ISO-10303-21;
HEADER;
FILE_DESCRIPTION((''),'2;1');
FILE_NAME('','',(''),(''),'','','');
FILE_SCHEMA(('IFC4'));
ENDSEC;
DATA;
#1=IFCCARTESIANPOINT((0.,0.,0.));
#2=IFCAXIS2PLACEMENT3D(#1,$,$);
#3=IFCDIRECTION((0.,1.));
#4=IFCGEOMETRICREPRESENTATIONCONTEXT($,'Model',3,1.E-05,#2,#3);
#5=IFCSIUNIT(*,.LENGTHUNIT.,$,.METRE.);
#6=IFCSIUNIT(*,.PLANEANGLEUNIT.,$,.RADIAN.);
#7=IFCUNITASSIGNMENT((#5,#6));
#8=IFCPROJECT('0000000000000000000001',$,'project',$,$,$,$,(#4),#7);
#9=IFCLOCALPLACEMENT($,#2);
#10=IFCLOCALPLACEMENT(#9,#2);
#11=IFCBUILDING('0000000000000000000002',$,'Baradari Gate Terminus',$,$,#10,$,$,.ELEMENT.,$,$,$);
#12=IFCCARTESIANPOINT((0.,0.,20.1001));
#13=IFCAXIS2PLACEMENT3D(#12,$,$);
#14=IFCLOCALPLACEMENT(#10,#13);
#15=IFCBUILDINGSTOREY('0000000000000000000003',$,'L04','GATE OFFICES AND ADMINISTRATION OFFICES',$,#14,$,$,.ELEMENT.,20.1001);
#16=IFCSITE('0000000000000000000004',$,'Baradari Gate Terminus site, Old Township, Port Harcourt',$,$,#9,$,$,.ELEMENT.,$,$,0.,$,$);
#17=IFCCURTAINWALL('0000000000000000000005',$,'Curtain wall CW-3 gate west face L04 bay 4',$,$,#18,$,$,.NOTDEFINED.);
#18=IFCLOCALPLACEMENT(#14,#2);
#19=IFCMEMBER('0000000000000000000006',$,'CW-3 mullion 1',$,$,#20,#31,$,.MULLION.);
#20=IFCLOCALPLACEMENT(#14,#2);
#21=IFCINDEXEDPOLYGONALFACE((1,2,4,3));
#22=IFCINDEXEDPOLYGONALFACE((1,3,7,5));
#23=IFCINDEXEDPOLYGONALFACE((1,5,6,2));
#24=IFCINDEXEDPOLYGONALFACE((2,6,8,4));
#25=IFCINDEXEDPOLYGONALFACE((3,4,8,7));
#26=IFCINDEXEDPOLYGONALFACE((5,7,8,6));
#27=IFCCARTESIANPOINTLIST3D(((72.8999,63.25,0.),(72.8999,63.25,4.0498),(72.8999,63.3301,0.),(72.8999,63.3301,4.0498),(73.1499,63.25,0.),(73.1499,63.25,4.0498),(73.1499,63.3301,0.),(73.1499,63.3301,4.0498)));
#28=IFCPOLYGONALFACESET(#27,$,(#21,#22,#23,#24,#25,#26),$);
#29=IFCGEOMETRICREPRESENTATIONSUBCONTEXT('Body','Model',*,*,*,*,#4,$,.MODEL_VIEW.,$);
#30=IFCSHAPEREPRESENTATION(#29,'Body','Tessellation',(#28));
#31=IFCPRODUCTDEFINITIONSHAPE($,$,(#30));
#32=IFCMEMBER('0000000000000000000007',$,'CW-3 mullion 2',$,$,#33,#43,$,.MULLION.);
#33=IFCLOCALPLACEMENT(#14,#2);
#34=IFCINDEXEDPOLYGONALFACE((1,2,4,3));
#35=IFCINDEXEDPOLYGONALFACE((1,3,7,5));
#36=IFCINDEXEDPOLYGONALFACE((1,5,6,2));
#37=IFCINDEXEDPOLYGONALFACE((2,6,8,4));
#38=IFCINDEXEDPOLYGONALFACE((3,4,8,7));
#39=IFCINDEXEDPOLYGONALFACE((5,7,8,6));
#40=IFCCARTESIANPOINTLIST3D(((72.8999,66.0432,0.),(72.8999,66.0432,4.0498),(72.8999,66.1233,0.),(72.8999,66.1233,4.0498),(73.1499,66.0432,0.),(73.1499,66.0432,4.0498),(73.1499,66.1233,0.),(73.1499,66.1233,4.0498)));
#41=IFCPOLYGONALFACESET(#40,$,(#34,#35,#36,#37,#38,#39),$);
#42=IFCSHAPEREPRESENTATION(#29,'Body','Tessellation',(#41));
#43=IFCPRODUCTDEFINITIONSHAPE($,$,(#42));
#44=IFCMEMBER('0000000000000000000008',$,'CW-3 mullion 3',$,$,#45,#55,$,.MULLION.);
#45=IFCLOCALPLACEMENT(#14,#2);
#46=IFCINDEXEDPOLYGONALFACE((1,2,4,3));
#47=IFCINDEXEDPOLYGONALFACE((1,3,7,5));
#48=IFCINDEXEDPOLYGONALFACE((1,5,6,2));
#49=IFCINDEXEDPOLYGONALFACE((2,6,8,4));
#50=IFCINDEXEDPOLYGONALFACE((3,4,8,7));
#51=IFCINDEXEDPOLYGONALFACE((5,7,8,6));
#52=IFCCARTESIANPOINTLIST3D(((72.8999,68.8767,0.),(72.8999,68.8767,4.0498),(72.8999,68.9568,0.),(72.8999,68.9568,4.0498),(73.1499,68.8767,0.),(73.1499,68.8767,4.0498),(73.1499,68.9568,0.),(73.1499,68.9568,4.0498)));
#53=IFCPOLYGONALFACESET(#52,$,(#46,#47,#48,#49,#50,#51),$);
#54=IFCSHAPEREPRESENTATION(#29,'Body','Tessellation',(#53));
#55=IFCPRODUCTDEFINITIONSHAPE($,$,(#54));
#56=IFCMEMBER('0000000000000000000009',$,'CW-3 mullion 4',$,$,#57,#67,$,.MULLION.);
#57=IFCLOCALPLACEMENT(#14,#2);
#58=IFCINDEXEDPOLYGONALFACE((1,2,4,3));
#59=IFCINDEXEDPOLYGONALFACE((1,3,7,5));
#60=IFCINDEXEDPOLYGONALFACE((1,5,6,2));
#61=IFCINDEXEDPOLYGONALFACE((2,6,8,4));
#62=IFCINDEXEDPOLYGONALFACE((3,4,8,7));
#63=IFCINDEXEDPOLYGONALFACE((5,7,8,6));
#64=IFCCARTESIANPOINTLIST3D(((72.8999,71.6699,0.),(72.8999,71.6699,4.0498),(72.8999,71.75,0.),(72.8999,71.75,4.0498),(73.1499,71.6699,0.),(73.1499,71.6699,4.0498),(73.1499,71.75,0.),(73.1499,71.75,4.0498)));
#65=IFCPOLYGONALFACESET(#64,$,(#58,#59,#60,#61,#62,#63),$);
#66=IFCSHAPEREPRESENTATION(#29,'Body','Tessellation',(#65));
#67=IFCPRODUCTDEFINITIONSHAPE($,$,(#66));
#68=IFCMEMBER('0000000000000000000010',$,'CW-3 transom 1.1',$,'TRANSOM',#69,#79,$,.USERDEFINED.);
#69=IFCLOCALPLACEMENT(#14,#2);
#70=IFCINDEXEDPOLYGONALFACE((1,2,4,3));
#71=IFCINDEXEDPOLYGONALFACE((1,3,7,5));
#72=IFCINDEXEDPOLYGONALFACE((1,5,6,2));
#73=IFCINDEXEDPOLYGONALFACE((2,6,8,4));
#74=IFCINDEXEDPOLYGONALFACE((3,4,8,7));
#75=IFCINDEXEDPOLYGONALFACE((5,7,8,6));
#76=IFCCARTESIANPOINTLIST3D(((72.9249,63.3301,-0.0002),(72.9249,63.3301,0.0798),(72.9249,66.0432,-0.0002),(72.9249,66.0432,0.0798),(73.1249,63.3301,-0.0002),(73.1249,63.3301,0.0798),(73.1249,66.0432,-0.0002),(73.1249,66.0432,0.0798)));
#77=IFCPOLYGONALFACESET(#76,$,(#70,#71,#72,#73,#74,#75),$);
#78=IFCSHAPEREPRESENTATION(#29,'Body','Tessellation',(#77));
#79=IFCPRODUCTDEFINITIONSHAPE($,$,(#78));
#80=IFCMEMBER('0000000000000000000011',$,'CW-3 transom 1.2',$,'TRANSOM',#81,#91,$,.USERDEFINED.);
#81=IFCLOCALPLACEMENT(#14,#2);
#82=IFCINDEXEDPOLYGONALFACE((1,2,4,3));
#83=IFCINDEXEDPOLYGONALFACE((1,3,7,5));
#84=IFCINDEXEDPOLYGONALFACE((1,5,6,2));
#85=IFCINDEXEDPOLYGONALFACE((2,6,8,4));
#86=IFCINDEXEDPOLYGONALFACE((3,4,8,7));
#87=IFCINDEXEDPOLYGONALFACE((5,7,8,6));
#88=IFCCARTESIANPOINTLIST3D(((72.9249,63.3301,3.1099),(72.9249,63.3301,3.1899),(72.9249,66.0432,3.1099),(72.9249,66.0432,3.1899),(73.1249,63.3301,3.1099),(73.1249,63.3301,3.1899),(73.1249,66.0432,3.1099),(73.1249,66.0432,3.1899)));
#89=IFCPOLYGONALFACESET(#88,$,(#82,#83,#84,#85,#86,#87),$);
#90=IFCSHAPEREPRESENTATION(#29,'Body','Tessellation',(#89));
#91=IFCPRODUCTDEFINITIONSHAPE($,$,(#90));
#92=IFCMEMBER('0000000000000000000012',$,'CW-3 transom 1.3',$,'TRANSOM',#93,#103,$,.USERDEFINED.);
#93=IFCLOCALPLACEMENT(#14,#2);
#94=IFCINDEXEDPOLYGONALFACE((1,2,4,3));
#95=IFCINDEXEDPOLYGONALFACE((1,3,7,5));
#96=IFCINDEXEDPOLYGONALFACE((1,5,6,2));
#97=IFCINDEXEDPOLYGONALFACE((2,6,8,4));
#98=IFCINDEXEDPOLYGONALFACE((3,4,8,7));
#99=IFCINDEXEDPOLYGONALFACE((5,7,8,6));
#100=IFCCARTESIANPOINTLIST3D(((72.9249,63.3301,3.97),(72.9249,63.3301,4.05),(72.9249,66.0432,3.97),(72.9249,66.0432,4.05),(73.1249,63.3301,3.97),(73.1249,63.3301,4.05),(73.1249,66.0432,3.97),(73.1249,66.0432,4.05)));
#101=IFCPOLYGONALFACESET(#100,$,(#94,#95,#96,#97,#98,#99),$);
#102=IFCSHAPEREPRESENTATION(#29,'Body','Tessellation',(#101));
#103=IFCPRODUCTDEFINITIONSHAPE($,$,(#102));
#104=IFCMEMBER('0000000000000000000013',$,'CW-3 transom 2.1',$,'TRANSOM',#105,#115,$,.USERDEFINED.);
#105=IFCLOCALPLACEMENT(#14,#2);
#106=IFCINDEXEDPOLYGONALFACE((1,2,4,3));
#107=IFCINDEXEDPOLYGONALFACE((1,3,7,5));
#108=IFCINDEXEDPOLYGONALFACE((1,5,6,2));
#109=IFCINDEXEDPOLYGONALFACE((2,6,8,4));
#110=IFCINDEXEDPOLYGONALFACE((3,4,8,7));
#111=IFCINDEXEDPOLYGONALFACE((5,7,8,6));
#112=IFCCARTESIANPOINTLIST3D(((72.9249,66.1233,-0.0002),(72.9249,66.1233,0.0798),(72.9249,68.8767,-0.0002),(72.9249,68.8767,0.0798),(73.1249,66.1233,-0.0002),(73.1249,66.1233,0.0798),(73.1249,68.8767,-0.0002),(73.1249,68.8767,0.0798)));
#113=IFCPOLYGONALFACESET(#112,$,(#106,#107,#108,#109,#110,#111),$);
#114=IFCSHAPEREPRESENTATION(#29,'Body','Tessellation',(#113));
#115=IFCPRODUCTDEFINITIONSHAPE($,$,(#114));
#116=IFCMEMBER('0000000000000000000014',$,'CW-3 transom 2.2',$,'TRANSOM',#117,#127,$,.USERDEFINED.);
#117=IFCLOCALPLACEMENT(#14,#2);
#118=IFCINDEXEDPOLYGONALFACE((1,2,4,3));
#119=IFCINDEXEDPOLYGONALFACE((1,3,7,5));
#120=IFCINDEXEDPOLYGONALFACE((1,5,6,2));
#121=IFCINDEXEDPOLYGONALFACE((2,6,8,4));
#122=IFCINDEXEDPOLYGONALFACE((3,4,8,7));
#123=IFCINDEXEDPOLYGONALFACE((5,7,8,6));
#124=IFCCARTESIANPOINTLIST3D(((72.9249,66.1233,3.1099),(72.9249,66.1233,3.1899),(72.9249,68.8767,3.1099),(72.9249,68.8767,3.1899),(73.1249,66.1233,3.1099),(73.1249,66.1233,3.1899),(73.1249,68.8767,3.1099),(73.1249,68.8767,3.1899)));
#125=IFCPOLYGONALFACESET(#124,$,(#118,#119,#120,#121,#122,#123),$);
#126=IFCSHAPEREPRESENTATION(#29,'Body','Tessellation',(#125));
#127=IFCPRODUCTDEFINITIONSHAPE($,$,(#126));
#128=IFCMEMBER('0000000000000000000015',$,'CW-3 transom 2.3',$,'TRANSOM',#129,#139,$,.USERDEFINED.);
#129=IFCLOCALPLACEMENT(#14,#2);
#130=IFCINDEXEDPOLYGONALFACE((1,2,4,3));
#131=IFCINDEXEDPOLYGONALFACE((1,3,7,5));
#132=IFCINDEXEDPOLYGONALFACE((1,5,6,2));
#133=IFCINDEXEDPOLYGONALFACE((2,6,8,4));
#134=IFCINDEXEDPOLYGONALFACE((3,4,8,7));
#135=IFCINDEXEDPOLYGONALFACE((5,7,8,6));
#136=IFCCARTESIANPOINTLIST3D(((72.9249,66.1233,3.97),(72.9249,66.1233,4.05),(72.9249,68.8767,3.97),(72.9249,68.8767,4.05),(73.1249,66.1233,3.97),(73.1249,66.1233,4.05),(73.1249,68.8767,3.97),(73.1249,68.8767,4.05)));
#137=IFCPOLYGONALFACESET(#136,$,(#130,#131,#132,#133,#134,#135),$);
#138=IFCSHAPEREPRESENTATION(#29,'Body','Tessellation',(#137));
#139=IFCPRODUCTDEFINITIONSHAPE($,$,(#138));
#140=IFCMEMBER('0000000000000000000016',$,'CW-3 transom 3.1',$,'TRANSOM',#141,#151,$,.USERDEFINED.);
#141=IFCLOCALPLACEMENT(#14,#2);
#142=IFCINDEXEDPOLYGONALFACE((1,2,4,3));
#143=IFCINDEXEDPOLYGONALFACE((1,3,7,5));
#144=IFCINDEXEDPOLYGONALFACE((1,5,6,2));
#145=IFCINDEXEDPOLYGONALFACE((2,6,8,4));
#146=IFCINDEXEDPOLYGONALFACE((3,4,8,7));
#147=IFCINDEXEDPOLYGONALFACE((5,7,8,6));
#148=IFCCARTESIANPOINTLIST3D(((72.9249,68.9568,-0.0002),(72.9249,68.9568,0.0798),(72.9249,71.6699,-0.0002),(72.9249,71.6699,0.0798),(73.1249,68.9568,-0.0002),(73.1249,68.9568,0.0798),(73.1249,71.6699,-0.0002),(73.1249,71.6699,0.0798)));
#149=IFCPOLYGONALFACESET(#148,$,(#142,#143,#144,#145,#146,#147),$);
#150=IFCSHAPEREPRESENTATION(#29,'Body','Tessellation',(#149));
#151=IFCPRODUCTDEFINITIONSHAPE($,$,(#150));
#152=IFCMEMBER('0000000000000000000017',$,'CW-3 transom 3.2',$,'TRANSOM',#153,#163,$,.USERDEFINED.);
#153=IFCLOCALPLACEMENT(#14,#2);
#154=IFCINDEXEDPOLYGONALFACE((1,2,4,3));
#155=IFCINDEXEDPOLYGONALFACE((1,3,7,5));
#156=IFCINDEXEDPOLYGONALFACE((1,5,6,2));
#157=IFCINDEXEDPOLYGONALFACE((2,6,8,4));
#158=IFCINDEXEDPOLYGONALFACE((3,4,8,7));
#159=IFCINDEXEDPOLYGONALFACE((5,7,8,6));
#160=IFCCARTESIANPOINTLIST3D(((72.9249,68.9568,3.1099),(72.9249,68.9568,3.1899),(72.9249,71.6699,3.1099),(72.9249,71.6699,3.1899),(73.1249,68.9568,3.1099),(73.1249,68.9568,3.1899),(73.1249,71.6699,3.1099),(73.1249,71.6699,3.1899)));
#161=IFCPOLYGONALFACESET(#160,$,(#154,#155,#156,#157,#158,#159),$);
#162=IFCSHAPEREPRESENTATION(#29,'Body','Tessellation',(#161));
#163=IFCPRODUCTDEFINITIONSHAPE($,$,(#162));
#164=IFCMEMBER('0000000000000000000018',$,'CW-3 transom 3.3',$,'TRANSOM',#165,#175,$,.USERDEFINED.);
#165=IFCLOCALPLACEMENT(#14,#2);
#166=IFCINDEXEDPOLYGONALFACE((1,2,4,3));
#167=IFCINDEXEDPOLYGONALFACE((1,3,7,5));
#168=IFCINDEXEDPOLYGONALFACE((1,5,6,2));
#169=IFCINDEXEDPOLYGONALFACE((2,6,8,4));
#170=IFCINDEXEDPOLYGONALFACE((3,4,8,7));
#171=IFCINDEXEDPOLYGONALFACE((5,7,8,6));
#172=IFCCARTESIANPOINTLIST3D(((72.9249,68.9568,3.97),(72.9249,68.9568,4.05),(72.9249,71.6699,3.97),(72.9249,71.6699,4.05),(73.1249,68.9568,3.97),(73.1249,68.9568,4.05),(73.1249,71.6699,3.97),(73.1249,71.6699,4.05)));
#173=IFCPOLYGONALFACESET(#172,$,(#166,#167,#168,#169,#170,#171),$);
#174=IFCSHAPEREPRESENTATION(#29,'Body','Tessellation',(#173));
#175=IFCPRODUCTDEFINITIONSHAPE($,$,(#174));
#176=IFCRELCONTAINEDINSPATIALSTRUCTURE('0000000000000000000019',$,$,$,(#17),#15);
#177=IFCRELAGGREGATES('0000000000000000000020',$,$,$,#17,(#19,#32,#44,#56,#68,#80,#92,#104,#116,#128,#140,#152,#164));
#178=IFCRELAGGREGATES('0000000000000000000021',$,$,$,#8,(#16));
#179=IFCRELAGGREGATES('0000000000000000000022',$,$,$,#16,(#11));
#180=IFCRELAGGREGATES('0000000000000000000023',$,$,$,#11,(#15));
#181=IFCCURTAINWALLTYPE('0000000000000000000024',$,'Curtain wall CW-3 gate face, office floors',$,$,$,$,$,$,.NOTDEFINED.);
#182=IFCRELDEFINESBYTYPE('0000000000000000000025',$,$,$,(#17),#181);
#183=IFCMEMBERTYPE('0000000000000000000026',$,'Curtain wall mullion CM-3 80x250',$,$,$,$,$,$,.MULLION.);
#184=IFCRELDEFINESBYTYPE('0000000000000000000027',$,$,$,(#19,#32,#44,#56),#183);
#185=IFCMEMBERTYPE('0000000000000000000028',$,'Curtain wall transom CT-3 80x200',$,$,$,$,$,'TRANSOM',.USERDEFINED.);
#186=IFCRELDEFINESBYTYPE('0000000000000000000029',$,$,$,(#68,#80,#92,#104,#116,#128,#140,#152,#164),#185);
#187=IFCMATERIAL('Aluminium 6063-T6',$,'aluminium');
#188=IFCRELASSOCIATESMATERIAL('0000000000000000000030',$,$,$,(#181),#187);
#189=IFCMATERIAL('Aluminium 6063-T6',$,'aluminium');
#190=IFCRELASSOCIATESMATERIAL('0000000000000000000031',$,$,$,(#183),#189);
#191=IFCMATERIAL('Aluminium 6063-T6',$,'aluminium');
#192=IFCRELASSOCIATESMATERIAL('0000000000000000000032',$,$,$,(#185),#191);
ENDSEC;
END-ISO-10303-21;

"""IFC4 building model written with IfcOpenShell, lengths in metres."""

from ifc_helpers import new_model, si_unit, direction, frame, origin, origin_2d, place, context, subcontext, project, spatial, rectangle, extrude, material, material_profile, profile_set, type_object, element, aggregate, save


model = new_model("IFC4")

# Units and contexts
model_context = context("Model", 3, precision=1e-05, world=origin(), true_north=direction((0.0, 1.0)))
body_context = subcontext(model_context, "Body", "Model", "MODEL_VIEW")
ifc_project = project(units=[si_unit("LENGTHUNIT", "METRE"), si_unit("PLANEANGLEUNIT", "RADIAN")], contexts=[model_context])

# Site, building, storey
site_placement = place(None, origin())
site = spatial("IfcSite", under=ifc_project, at=site_placement, Name="Baradari Gate Terminus site, Old Township, Port Harcourt", CompositionType="ELEMENT", RefElevation=0.0)
building_placement = place(site_placement, origin())
building = spatial("IfcBuilding", under=site, at=building_placement, Name="Baradari Gate Terminus", CompositionType="ELEMENT")
storey_placement = place(building_placement, frame((0.0, 0.0, 20.1001)))
storey = spatial("IfcBuildingStorey", under=building, at=storey_placement, Name="L04", Description="GATE OFFICES AND ADMINISTRATION OFFICES", CompositionType="ELEMENT", Elevation=20.1001)

# Curtain wall, members
ifc_material_1 = material(Name="Aluminium 6063-T6", Category="aluminium")
curtain_wall_type = type_object("IfcCurtainWallType", Name="Curtain wall CW-3 gate face, office floors", PredefinedType="NOTDEFINED", material=ifc_material_1)
curtain_wall_placement = place(storey_placement, origin())
curtain_wall = element("IfcCurtainWall", 1, at=curtain_wall_placement, inside=storey, type_object=curtain_wall_type, Name="Curtain wall CW-3 gate west face L04 bay 4", PredefinedType="NOTDEFINED")
ifc_material_2 = material(Name="Aluminium 6063-T6", Category="aluminium")
ifc_material_profile_1 = material_profile(ifc_material_2, rectangle(XDim=0.25, YDim=0.0801, at=origin_2d()), Name="CM-3 80X250")
ifc_profile_set_1 = profile_set([ifc_material_profile_1], Name="Aluminium 6063-T6")
member_type_1 = type_object("IfcMemberType", Name="Curtain wall mullion CM-3 80x250", PredefinedType="MULLION", material=ifc_profile_set_1)
member_1_placement = place(storey_placement, frame((73.0249, 63.29, 0.0), z_axis=(0.0, 0.0, 1.0), x_axis=(-1.0, 0.0, 0.0)))
member_1 = element("IfcMember", 2, at=member_1_placement, type_object=member_type_1, Name="CW-3 mullion 1", PredefinedType="MULLION", context=body_context, shape_type="SweptSolid", body=[
    extrude(rectangle(XDim=0.25, YDim=0.0801, at=origin_2d()), origin(), (0.0, 0.0, 1.0), 4.0498),
])
member_2_placement = place(storey_placement, frame((73.0249, 66.0833, 0.0), z_axis=(0.0, 0.0, 1.0), x_axis=(-1.0, 0.0, 0.0)))
member_2 = element("IfcMember", 3, at=member_2_placement, type_object=member_type_1, Name="CW-3 mullion 2", PredefinedType="MULLION", context=body_context, shape_type="SweptSolid", body=[
    extrude(rectangle(XDim=0.25, YDim=0.0801, at=origin_2d()), origin(), (0.0, 0.0, 1.0), 4.0498),
])
member_3_placement = place(storey_placement, frame((73.0249, 68.9167, 0.0), z_axis=(0.0, 0.0, 1.0), x_axis=(-1.0, 0.0, 0.0)))
member_3 = element("IfcMember", 4, at=member_3_placement, type_object=member_type_1, Name="CW-3 mullion 3", PredefinedType="MULLION", context=body_context, shape_type="SweptSolid", body=[
    extrude(rectangle(XDim=0.25, YDim=0.0801, at=origin_2d()), origin(), (0.0, 0.0, 1.0), 4.0498),
])
member_4_placement = place(storey_placement, frame((73.0249, 71.71, 0.0), z_axis=(0.0, 0.0, 1.0), x_axis=(-1.0, 0.0, 0.0)))
member_4 = element("IfcMember", 5, at=member_4_placement, type_object=member_type_1, Name="CW-3 mullion 4", PredefinedType="MULLION", context=body_context, shape_type="SweptSolid", body=[
    extrude(rectangle(XDim=0.25, YDim=0.0801, at=origin_2d()), origin(), (0.0, 0.0, 1.0), 4.0498),
])
ifc_material_3 = material(Name="Aluminium 6063-T6", Category="aluminium")
ifc_material_profile_2 = material_profile(ifc_material_3, rectangle(XDim=0.2, YDim=0.0801, at=origin_2d()), Name="CT-3 80X200")
ifc_profile_set_2 = profile_set([ifc_material_profile_2], Name="Aluminium 6063-T6")
member_type_2 = type_object("IfcMemberType", Name="Curtain wall transom CT-3 80x200", ElementType="TRANSOM", PredefinedType="USERDEFINED", material=ifc_profile_set_2)
member_5_placement = place(storey_placement, frame((73.0249, 63.3301, 0.0398), z_axis=(0.0, 1.0, 0.0), x_axis=(-1.0, 0.0, 0.0)))
member_5 = element("IfcMember", 6, at=member_5_placement, type_object=member_type_2, Name="CW-3 transom 1.1", ObjectType="TRANSOM", PredefinedType="USERDEFINED", context=body_context, shape_type="SweptSolid", body=[
    extrude(rectangle(XDim=0.2, YDim=0.0801, at=origin_2d()), origin(), (0.0, 0.0, 1.0), 2.7131),
])
member_6_placement = place(storey_placement, frame((73.0249, 63.3301, 3.1499), z_axis=(0.0, 1.0, 0.0), x_axis=(-1.0, 0.0, 0.0)))
member_6 = element("IfcMember", 7, at=member_6_placement, type_object=member_type_2, Name="CW-3 transom 1.2", ObjectType="TRANSOM", PredefinedType="USERDEFINED", context=body_context, shape_type="SweptSolid", body=[
    extrude(rectangle(XDim=0.2, YDim=0.0801, at=origin_2d()), origin(), (0.0, 0.0, 1.0), 2.7131),
])
member_7_placement = place(storey_placement, frame((73.0249, 63.3301, 4.01), z_axis=(0.0, 1.0, 0.0), x_axis=(-1.0, 0.0, 0.0)))
member_7 = element("IfcMember", 8, at=member_7_placement, type_object=member_type_2, Name="CW-3 transom 1.3", ObjectType="TRANSOM", PredefinedType="USERDEFINED", context=body_context, shape_type="SweptSolid", body=[
    extrude(rectangle(XDim=0.2, YDim=0.0801, at=origin_2d()), origin(), (0.0, 0.0, 1.0), 2.7131),
])
member_8_placement = place(storey_placement, frame((73.0249, 66.1233, 0.0398), z_axis=(0.0, 1.0, 0.0), x_axis=(-1.0, 0.0, 0.0)))
member_8 = element("IfcMember", 9, at=member_8_placement, type_object=member_type_2, Name="CW-3 transom 2.1", ObjectType="TRANSOM", PredefinedType="USERDEFINED", context=body_context, shape_type="SweptSolid", body=[
    extrude(rectangle(XDim=0.2, YDim=0.0801, at=origin_2d()), origin(), (0.0, 0.0, 1.0), 2.7534),
])
member_9_placement = place(storey_placement, frame((73.0249, 66.1233, 3.1499), z_axis=(0.0, 1.0, 0.0), x_axis=(-1.0, 0.0, 0.0)))
member_9 = element("IfcMember", 10, at=member_9_placement, type_object=member_type_2, Name="CW-3 transom 2.2", ObjectType="TRANSOM", PredefinedType="USERDEFINED", context=body_context, shape_type="SweptSolid", body=[
    extrude(rectangle(XDim=0.2, YDim=0.0801, at=origin_2d()), origin(), (0.0, 0.0, 1.0), 2.7534),
])
member_10_placement = place(storey_placement, frame((73.0249, 66.1233, 4.01), z_axis=(0.0, 1.0, 0.0), x_axis=(-1.0, 0.0, 0.0)))
member_10 = element("IfcMember", 11, at=member_10_placement, type_object=member_type_2, Name="CW-3 transom 2.3", ObjectType="TRANSOM", PredefinedType="USERDEFINED", context=body_context, shape_type="SweptSolid", body=[
    extrude(rectangle(XDim=0.2, YDim=0.0801, at=origin_2d()), origin(), (0.0, 0.0, 1.0), 2.7534),
])
member_11_placement = place(storey_placement, frame((73.0249, 68.9568, 0.0398), z_axis=(0.0, 1.0, 0.0), x_axis=(-1.0, 0.0, 0.0)))
member_11 = element("IfcMember", 12, at=member_11_placement, type_object=member_type_2, Name="CW-3 transom 3.1", ObjectType="TRANSOM", PredefinedType="USERDEFINED", context=body_context, shape_type="SweptSolid", body=[
    extrude(rectangle(XDim=0.2, YDim=0.0801, at=origin_2d()), origin(), (0.0, 0.0, 1.0), 2.7131),
])
member_12_placement = place(storey_placement, frame((73.0249, 68.9568, 3.1499), z_axis=(0.0, 1.0, 0.0), x_axis=(-1.0, 0.0, 0.0)))
member_12 = element("IfcMember", 13, at=member_12_placement, type_object=member_type_2, Name="CW-3 transom 3.2", ObjectType="TRANSOM", PredefinedType="USERDEFINED", context=body_context, shape_type="SweptSolid", body=[
    extrude(rectangle(XDim=0.2, YDim=0.0801, at=origin_2d()), origin(), (0.0, 0.0, 1.0), 2.7131),
])
member_13_placement = place(storey_placement, frame((73.0249, 68.9568, 4.01), z_axis=(0.0, 1.0, 0.0), x_axis=(-1.0, 0.0, 0.0)))
member_13 = element("IfcMember", 14, at=member_13_placement, type_object=member_type_2, Name="CW-3 transom 3.3", ObjectType="TRANSOM", PredefinedType="USERDEFINED", context=body_context, shape_type="SweptSolid", body=[
    extrude(rectangle(XDim=0.2, YDim=0.0801, at=origin_2d()), origin(), (0.0, 0.0, 1.0), 2.7131),
])

aggregate(curtain_wall, [member_1, member_2, member_3, member_4, member_5, member_6, member_7, member_8, member_9, member_10, member_11, member_12, member_13])

save(model, "model.ifc")
